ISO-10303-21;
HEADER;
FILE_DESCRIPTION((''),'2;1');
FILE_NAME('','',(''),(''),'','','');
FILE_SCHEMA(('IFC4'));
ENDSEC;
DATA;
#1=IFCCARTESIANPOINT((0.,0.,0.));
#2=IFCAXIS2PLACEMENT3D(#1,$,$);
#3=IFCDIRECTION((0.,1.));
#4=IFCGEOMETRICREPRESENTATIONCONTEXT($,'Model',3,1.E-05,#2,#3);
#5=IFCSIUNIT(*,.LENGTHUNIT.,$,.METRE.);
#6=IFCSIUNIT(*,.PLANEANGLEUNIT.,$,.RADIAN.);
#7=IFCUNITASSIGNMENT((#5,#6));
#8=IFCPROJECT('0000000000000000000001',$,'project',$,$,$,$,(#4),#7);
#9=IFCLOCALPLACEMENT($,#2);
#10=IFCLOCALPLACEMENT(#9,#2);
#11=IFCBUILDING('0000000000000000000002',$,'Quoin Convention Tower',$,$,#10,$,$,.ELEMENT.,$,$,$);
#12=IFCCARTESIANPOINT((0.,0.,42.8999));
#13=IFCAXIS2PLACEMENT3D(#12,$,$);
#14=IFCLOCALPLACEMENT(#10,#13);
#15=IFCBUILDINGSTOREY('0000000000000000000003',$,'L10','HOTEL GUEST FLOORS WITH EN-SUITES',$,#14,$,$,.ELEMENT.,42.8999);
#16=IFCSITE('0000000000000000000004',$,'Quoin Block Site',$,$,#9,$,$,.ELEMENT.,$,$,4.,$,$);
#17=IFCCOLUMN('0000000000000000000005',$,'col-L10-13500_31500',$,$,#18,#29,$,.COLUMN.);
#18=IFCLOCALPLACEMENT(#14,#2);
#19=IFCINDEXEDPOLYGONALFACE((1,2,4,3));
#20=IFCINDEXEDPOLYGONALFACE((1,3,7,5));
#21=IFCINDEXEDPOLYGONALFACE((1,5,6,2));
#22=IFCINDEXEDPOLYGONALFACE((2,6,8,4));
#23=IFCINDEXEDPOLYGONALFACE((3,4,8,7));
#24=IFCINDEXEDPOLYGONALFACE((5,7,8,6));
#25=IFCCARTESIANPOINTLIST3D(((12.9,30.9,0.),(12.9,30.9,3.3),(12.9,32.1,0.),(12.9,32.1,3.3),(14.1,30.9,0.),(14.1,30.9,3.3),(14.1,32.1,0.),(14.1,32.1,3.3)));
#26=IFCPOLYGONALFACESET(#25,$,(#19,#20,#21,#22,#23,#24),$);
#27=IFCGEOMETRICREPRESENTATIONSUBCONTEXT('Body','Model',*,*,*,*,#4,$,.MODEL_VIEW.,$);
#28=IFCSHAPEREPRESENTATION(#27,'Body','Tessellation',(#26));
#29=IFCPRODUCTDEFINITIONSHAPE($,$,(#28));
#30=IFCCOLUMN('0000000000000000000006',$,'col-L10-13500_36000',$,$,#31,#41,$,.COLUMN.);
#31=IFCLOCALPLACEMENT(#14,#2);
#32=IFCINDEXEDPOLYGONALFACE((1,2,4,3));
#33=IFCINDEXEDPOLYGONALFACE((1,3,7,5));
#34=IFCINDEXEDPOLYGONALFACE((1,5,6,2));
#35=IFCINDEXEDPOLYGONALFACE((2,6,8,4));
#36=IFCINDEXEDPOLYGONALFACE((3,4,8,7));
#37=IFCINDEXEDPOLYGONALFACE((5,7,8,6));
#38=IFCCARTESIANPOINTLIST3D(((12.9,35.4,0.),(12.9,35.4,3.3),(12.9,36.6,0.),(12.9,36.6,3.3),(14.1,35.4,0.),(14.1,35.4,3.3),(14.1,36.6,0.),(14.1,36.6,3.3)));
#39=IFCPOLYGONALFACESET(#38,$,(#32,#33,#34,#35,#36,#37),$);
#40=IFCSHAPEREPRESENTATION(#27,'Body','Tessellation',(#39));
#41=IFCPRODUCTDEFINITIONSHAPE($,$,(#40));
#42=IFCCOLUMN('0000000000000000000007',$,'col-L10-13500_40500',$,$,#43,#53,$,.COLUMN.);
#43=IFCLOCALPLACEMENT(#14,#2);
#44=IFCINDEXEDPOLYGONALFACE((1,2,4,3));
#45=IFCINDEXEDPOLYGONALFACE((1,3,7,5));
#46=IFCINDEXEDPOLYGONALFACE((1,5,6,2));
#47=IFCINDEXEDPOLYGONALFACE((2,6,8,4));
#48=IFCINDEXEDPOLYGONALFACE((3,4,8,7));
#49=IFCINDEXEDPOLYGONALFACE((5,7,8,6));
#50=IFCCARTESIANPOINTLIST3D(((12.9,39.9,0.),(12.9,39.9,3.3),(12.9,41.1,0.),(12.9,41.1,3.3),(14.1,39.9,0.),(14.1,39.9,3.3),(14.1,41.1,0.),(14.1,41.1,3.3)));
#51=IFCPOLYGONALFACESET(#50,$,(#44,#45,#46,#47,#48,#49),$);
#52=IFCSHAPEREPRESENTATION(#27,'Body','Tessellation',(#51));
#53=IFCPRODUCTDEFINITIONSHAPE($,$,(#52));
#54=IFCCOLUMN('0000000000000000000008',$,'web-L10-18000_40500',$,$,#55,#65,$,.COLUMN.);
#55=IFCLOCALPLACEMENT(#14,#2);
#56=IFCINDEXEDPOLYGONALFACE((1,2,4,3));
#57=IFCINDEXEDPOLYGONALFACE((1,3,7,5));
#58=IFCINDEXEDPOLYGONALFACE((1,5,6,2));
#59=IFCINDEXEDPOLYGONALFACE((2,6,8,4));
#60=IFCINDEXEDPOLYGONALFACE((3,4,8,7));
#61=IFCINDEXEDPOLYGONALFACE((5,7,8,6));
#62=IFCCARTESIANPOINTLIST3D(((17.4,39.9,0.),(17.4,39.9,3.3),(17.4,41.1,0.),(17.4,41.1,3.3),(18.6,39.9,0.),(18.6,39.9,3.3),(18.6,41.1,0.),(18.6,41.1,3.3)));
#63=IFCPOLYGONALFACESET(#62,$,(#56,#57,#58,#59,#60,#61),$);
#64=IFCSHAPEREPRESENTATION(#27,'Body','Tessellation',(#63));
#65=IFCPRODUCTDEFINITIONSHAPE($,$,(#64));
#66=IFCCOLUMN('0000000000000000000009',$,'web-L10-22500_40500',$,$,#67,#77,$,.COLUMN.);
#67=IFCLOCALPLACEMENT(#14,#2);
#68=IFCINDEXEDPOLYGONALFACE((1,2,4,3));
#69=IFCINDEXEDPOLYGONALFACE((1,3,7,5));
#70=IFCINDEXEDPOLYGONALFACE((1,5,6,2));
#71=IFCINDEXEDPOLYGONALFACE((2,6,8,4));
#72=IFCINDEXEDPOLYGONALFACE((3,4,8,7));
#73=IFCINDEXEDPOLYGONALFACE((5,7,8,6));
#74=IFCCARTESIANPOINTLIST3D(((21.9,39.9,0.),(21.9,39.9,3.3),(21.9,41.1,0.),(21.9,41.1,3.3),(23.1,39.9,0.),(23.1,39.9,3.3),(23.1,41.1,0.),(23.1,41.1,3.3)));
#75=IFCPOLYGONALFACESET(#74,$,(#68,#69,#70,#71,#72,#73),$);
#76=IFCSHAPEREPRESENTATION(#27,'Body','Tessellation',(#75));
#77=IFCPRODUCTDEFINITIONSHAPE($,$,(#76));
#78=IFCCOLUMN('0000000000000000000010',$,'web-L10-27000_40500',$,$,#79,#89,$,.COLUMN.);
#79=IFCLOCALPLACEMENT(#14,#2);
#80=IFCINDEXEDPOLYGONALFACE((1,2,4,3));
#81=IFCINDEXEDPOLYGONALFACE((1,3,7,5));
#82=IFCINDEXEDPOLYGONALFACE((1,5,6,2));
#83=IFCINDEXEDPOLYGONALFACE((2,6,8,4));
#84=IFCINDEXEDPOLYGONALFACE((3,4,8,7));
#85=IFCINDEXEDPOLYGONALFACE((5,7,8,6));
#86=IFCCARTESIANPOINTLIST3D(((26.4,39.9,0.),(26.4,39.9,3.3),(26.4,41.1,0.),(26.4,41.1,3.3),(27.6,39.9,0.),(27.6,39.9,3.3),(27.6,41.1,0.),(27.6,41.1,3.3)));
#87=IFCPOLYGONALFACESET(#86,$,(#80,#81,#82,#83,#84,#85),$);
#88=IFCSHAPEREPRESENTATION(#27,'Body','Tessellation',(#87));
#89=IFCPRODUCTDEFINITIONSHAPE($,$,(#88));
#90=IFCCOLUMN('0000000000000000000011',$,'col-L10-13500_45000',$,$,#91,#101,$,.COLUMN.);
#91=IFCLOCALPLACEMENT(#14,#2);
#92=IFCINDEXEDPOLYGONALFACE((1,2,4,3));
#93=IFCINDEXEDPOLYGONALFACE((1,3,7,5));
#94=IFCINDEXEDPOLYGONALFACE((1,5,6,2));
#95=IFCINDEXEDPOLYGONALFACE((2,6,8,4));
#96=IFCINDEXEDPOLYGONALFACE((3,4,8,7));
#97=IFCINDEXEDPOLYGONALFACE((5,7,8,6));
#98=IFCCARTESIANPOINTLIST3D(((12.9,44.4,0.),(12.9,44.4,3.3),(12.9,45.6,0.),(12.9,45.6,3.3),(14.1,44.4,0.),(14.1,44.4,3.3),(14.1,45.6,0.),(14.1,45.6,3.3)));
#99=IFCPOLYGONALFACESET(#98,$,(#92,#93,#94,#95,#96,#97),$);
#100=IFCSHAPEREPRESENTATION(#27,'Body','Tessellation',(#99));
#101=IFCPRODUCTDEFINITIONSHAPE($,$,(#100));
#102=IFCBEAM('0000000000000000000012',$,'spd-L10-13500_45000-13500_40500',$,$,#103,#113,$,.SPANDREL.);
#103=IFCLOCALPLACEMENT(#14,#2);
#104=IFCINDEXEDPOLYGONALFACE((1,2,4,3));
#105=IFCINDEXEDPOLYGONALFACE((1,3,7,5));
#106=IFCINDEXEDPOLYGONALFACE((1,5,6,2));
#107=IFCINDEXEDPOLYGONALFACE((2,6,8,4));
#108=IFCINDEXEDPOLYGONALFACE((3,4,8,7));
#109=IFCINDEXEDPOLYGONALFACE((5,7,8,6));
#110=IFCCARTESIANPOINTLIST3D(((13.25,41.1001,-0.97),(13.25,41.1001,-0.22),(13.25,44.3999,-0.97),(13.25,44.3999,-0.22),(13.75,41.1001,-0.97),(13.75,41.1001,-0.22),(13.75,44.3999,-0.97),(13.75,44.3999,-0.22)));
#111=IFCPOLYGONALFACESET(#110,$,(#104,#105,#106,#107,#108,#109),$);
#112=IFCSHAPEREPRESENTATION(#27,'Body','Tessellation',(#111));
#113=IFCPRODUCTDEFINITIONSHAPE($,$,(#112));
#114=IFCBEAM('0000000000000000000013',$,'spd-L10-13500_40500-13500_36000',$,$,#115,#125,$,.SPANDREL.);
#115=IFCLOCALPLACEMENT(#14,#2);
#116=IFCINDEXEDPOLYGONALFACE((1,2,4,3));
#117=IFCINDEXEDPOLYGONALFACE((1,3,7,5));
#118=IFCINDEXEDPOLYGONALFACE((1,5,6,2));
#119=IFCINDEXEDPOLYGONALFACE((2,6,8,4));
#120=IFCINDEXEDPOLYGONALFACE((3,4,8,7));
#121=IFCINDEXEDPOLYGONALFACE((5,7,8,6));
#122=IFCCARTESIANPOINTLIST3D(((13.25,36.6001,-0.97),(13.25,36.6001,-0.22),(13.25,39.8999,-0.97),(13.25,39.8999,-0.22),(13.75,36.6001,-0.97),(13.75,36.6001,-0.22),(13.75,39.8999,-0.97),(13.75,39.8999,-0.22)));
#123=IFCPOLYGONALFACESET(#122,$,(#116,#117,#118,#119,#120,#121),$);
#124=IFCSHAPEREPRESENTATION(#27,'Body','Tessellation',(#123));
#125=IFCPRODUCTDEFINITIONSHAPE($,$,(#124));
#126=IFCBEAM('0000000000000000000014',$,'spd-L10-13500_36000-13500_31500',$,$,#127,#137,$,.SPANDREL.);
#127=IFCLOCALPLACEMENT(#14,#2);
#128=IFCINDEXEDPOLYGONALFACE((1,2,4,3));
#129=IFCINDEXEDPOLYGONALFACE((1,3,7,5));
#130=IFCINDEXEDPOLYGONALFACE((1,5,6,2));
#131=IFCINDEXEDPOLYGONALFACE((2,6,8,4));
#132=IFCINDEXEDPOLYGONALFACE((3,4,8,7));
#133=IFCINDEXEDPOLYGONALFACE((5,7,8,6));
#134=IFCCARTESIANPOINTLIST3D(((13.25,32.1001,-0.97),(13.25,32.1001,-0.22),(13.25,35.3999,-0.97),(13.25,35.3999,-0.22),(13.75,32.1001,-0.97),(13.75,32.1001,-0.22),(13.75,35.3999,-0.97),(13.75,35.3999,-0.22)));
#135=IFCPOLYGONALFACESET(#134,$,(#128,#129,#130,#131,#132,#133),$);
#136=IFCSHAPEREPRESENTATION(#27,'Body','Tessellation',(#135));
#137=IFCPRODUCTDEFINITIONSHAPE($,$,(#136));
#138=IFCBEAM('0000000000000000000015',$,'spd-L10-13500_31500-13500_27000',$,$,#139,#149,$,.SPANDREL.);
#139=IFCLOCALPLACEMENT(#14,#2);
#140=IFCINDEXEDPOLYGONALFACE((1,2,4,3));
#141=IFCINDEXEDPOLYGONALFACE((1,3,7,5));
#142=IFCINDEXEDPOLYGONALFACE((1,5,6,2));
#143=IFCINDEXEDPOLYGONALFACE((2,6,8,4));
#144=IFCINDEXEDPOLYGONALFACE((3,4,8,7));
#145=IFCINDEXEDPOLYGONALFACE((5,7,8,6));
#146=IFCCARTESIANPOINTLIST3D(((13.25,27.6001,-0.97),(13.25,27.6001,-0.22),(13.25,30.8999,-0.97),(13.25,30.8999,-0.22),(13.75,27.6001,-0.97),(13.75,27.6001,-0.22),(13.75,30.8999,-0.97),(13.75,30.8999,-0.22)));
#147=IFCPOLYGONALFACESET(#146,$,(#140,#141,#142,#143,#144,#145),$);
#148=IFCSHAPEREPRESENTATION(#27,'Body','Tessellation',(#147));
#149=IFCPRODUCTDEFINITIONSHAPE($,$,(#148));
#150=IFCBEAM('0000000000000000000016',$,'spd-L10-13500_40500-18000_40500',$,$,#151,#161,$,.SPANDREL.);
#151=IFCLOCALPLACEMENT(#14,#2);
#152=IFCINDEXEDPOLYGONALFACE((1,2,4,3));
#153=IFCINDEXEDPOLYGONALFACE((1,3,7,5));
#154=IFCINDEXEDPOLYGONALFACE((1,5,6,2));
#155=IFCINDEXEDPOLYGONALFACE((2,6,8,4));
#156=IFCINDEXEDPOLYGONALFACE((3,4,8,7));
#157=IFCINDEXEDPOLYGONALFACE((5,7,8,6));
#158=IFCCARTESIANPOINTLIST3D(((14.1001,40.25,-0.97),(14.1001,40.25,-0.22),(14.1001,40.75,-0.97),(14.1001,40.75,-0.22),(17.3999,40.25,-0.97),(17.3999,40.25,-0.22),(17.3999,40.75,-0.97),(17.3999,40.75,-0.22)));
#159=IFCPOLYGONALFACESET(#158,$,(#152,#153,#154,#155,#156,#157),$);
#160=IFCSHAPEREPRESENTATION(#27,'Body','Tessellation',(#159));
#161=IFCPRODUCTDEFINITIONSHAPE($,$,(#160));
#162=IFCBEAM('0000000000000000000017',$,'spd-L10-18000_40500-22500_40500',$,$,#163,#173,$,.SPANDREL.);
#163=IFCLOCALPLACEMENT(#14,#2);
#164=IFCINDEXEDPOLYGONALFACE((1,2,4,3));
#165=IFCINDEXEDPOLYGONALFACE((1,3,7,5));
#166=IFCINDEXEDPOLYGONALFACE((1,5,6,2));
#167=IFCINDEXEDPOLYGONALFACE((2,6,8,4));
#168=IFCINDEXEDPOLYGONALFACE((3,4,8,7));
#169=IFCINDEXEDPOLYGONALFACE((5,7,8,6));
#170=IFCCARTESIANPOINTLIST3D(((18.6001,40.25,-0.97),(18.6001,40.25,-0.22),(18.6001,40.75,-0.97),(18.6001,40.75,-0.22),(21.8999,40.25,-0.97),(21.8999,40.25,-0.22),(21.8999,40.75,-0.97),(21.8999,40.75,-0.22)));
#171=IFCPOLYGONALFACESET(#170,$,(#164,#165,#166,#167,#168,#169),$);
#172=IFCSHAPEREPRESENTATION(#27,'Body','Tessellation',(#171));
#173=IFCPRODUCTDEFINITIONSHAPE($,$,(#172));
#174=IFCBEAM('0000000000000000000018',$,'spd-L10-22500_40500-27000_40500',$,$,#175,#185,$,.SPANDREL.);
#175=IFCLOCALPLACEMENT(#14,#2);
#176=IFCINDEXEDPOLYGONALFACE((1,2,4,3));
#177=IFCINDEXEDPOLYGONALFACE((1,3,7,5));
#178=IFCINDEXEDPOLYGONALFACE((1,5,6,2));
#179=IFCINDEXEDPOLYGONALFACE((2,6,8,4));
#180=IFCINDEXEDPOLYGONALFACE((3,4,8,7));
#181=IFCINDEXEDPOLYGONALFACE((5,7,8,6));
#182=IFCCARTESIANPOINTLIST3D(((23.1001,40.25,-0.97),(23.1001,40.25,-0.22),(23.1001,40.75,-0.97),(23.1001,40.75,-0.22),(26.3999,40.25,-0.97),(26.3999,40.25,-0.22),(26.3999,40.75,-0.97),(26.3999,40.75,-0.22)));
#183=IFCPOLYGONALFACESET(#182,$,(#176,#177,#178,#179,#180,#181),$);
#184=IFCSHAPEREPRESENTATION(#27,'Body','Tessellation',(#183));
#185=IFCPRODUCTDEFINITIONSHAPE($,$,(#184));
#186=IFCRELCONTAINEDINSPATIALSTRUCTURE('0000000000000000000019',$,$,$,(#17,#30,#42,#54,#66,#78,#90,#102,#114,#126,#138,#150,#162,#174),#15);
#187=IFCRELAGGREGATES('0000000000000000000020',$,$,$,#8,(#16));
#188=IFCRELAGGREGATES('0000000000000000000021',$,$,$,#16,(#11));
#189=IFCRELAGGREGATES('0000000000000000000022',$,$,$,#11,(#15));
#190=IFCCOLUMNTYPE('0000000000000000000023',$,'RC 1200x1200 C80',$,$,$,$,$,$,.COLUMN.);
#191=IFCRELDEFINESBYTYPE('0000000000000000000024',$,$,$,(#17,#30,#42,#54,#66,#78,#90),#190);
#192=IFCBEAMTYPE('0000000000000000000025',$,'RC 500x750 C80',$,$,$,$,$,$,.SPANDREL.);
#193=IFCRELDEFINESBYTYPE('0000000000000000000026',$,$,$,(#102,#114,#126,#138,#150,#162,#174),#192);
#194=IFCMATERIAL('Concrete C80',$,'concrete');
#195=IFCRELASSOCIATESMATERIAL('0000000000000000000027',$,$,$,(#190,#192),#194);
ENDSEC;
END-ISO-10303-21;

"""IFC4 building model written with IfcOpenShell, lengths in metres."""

from ifc_helpers import new_model, si_unit, direction, frame, origin, origin_2d, place, context, subcontext, project, spatial, rectangle, extrude, material, material_profile, profile_set, type_object, element, save


model = new_model("IFC4")

# Units and contexts
model_context = context("Model", 3, precision=1e-05, world=origin(), true_north=direction((0.0, 1.0)))
body_context = subcontext(model_context, "Body", "Model", "MODEL_VIEW")
ifc_project = project(units=[si_unit("LENGTHUNIT", "METRE"), si_unit("PLANEANGLEUNIT", "RADIAN")], contexts=[model_context])

# Site, building, storey
site_placement = place(None, origin())
site = spatial("IfcSite", under=ifc_project, at=site_placement, Name="Quoin Block Site", CompositionType="ELEMENT", RefElevation=4.0)
building_placement = place(site_placement, origin())
building = spatial("IfcBuilding", under=site, at=building_placement, Name="Quoin Convention Tower", CompositionType="ELEMENT")
storey_placement = place(building_placement, frame((0.0, 0.0, 42.8999)))
storey = spatial("IfcBuildingStorey", under=building, at=storey_placement, Name="L10", Description="HOTEL GUEST FLOORS WITH EN-SUITES", CompositionType="ELEMENT", Elevation=42.8999)

# Columns
ifc_material_1 = material(Name="Concrete C80", Category="concrete")
ifc_material_profile_1 = material_profile(ifc_material_1, rectangle(XDim=1.2, YDim=1.2, at=origin_2d()), Name="RC 1200x1200")
ifc_profile_set_1 = profile_set([ifc_material_profile_1], Name="Concrete C80")
column_type = type_object("IfcColumnType", Name="RC 1200x1200 C80", PredefinedType="COLUMN", material=ifc_profile_set_1)
for number, where, z_axis, x_axis, name in (
    (1, (13.5, 31.5, 0.0), (0.0, 0.0, 1.0), (1.0, 0.0, 0.0), "col-L10-13500_31500"),
    (2, (13.5, 36.0, 0.0), (0.0, 0.0, 1.0), (1.0, 0.0, 0.0), "col-L10-13500_36000"),
    (3, (13.5, 40.5, 0.0), (0.0, 0.0, 1.0), (1.0, 0.0, 0.0), "col-L10-13500_40500"),
    (4, (18.0, 40.5, 0.0), (0.0, 0.0, 1.0), (1.0, 0.0, 0.0), "web-L10-18000_40500"),
    (5, (22.5, 40.5, 0.0), (0.0, 0.0, 1.0), (1.0, 0.0, 0.0), "web-L10-22500_40500"),
    (6, (27.0, 40.5, 0.0), (0.0, 0.0, 1.0), (1.0, 0.0, 0.0), "web-L10-27000_40500"),
    (7, (13.5, 45.0, 0.0), (0.0, 0.0, 1.0), (1.0, 0.0, 0.0), "col-L10-13500_45000"),
):
    element("IfcColumn", number, at=place(storey_placement, frame(where, z_axis=z_axis, x_axis=x_axis)), inside=storey, type_object=column_type, Name=name, PredefinedType="COLUMN", context=body_context, shape_type="SweptSolid", body=[
        extrude(rectangle(XDim=1.2, YDim=1.2, at=origin_2d()), origin(), (0.0, 0.0, 1.0), 3.3),
    ])

# Beams
ifc_material_profile_2 = material_profile(ifc_material_1, rectangle(XDim=0.5, YDim=0.75, at=origin_2d()), Name="RC 500x750")
ifc_profile_set_2 = profile_set([ifc_material_profile_2], Name="Concrete C80")
beam_type = type_object("IfcBeamType", Name="RC 500x750 C80", PredefinedType="SPANDREL", material=ifc_profile_set_2)
for number, where, z_axis, x_axis, name in (
    (8, (13.5, 44.3999, -0.595), (0.0, -1.0, 0.0), (1.0, 0.0, 0.0), "spd-L10-13500_45000-13500_40500"),
    (9, (13.5, 39.8999, -0.595), (0.0, -1.0, 0.0), (1.0, 0.0, 0.0), "spd-L10-13500_40500-13500_36000"),
    (10, (13.5, 35.3999, -0.595), (0.0, -1.0, 0.0), (1.0, 0.0, 0.0), "spd-L10-13500_36000-13500_31500"),
    (11, (13.5, 30.8999, -0.595), (0.0, -1.0, 0.0), (1.0, 0.0, 0.0), "spd-L10-13500_31500-13500_27000"),
    (12, (14.1001, 40.5, -0.595), (1.0, 0.0, 0.0), (0.0, 1.0, 0.0), "spd-L10-13500_40500-18000_40500"),
    (13, (18.6001, 40.5, -0.595), (1.0, 0.0, 0.0), (0.0, 1.0, 0.0), "spd-L10-18000_40500-22500_40500"),
    (14, (23.1001, 40.5, -0.595), (1.0, 0.0, 0.0), (0.0, 1.0, 0.0), "spd-L10-22500_40500-27000_40500"),
):
    element("IfcBeam", number, at=place(storey_placement, frame(where, z_axis=z_axis, x_axis=x_axis)), inside=storey, type_object=beam_type, Name=name, PredefinedType="SPANDREL", context=body_context, shape_type="SweptSolid", body=[
        extrude(rectangle(XDim=0.5, YDim=0.75, at=origin_2d()), origin(), (0.0, 0.0, 1.0), 3.2998),
    ])

save(model, "model.ifc")
